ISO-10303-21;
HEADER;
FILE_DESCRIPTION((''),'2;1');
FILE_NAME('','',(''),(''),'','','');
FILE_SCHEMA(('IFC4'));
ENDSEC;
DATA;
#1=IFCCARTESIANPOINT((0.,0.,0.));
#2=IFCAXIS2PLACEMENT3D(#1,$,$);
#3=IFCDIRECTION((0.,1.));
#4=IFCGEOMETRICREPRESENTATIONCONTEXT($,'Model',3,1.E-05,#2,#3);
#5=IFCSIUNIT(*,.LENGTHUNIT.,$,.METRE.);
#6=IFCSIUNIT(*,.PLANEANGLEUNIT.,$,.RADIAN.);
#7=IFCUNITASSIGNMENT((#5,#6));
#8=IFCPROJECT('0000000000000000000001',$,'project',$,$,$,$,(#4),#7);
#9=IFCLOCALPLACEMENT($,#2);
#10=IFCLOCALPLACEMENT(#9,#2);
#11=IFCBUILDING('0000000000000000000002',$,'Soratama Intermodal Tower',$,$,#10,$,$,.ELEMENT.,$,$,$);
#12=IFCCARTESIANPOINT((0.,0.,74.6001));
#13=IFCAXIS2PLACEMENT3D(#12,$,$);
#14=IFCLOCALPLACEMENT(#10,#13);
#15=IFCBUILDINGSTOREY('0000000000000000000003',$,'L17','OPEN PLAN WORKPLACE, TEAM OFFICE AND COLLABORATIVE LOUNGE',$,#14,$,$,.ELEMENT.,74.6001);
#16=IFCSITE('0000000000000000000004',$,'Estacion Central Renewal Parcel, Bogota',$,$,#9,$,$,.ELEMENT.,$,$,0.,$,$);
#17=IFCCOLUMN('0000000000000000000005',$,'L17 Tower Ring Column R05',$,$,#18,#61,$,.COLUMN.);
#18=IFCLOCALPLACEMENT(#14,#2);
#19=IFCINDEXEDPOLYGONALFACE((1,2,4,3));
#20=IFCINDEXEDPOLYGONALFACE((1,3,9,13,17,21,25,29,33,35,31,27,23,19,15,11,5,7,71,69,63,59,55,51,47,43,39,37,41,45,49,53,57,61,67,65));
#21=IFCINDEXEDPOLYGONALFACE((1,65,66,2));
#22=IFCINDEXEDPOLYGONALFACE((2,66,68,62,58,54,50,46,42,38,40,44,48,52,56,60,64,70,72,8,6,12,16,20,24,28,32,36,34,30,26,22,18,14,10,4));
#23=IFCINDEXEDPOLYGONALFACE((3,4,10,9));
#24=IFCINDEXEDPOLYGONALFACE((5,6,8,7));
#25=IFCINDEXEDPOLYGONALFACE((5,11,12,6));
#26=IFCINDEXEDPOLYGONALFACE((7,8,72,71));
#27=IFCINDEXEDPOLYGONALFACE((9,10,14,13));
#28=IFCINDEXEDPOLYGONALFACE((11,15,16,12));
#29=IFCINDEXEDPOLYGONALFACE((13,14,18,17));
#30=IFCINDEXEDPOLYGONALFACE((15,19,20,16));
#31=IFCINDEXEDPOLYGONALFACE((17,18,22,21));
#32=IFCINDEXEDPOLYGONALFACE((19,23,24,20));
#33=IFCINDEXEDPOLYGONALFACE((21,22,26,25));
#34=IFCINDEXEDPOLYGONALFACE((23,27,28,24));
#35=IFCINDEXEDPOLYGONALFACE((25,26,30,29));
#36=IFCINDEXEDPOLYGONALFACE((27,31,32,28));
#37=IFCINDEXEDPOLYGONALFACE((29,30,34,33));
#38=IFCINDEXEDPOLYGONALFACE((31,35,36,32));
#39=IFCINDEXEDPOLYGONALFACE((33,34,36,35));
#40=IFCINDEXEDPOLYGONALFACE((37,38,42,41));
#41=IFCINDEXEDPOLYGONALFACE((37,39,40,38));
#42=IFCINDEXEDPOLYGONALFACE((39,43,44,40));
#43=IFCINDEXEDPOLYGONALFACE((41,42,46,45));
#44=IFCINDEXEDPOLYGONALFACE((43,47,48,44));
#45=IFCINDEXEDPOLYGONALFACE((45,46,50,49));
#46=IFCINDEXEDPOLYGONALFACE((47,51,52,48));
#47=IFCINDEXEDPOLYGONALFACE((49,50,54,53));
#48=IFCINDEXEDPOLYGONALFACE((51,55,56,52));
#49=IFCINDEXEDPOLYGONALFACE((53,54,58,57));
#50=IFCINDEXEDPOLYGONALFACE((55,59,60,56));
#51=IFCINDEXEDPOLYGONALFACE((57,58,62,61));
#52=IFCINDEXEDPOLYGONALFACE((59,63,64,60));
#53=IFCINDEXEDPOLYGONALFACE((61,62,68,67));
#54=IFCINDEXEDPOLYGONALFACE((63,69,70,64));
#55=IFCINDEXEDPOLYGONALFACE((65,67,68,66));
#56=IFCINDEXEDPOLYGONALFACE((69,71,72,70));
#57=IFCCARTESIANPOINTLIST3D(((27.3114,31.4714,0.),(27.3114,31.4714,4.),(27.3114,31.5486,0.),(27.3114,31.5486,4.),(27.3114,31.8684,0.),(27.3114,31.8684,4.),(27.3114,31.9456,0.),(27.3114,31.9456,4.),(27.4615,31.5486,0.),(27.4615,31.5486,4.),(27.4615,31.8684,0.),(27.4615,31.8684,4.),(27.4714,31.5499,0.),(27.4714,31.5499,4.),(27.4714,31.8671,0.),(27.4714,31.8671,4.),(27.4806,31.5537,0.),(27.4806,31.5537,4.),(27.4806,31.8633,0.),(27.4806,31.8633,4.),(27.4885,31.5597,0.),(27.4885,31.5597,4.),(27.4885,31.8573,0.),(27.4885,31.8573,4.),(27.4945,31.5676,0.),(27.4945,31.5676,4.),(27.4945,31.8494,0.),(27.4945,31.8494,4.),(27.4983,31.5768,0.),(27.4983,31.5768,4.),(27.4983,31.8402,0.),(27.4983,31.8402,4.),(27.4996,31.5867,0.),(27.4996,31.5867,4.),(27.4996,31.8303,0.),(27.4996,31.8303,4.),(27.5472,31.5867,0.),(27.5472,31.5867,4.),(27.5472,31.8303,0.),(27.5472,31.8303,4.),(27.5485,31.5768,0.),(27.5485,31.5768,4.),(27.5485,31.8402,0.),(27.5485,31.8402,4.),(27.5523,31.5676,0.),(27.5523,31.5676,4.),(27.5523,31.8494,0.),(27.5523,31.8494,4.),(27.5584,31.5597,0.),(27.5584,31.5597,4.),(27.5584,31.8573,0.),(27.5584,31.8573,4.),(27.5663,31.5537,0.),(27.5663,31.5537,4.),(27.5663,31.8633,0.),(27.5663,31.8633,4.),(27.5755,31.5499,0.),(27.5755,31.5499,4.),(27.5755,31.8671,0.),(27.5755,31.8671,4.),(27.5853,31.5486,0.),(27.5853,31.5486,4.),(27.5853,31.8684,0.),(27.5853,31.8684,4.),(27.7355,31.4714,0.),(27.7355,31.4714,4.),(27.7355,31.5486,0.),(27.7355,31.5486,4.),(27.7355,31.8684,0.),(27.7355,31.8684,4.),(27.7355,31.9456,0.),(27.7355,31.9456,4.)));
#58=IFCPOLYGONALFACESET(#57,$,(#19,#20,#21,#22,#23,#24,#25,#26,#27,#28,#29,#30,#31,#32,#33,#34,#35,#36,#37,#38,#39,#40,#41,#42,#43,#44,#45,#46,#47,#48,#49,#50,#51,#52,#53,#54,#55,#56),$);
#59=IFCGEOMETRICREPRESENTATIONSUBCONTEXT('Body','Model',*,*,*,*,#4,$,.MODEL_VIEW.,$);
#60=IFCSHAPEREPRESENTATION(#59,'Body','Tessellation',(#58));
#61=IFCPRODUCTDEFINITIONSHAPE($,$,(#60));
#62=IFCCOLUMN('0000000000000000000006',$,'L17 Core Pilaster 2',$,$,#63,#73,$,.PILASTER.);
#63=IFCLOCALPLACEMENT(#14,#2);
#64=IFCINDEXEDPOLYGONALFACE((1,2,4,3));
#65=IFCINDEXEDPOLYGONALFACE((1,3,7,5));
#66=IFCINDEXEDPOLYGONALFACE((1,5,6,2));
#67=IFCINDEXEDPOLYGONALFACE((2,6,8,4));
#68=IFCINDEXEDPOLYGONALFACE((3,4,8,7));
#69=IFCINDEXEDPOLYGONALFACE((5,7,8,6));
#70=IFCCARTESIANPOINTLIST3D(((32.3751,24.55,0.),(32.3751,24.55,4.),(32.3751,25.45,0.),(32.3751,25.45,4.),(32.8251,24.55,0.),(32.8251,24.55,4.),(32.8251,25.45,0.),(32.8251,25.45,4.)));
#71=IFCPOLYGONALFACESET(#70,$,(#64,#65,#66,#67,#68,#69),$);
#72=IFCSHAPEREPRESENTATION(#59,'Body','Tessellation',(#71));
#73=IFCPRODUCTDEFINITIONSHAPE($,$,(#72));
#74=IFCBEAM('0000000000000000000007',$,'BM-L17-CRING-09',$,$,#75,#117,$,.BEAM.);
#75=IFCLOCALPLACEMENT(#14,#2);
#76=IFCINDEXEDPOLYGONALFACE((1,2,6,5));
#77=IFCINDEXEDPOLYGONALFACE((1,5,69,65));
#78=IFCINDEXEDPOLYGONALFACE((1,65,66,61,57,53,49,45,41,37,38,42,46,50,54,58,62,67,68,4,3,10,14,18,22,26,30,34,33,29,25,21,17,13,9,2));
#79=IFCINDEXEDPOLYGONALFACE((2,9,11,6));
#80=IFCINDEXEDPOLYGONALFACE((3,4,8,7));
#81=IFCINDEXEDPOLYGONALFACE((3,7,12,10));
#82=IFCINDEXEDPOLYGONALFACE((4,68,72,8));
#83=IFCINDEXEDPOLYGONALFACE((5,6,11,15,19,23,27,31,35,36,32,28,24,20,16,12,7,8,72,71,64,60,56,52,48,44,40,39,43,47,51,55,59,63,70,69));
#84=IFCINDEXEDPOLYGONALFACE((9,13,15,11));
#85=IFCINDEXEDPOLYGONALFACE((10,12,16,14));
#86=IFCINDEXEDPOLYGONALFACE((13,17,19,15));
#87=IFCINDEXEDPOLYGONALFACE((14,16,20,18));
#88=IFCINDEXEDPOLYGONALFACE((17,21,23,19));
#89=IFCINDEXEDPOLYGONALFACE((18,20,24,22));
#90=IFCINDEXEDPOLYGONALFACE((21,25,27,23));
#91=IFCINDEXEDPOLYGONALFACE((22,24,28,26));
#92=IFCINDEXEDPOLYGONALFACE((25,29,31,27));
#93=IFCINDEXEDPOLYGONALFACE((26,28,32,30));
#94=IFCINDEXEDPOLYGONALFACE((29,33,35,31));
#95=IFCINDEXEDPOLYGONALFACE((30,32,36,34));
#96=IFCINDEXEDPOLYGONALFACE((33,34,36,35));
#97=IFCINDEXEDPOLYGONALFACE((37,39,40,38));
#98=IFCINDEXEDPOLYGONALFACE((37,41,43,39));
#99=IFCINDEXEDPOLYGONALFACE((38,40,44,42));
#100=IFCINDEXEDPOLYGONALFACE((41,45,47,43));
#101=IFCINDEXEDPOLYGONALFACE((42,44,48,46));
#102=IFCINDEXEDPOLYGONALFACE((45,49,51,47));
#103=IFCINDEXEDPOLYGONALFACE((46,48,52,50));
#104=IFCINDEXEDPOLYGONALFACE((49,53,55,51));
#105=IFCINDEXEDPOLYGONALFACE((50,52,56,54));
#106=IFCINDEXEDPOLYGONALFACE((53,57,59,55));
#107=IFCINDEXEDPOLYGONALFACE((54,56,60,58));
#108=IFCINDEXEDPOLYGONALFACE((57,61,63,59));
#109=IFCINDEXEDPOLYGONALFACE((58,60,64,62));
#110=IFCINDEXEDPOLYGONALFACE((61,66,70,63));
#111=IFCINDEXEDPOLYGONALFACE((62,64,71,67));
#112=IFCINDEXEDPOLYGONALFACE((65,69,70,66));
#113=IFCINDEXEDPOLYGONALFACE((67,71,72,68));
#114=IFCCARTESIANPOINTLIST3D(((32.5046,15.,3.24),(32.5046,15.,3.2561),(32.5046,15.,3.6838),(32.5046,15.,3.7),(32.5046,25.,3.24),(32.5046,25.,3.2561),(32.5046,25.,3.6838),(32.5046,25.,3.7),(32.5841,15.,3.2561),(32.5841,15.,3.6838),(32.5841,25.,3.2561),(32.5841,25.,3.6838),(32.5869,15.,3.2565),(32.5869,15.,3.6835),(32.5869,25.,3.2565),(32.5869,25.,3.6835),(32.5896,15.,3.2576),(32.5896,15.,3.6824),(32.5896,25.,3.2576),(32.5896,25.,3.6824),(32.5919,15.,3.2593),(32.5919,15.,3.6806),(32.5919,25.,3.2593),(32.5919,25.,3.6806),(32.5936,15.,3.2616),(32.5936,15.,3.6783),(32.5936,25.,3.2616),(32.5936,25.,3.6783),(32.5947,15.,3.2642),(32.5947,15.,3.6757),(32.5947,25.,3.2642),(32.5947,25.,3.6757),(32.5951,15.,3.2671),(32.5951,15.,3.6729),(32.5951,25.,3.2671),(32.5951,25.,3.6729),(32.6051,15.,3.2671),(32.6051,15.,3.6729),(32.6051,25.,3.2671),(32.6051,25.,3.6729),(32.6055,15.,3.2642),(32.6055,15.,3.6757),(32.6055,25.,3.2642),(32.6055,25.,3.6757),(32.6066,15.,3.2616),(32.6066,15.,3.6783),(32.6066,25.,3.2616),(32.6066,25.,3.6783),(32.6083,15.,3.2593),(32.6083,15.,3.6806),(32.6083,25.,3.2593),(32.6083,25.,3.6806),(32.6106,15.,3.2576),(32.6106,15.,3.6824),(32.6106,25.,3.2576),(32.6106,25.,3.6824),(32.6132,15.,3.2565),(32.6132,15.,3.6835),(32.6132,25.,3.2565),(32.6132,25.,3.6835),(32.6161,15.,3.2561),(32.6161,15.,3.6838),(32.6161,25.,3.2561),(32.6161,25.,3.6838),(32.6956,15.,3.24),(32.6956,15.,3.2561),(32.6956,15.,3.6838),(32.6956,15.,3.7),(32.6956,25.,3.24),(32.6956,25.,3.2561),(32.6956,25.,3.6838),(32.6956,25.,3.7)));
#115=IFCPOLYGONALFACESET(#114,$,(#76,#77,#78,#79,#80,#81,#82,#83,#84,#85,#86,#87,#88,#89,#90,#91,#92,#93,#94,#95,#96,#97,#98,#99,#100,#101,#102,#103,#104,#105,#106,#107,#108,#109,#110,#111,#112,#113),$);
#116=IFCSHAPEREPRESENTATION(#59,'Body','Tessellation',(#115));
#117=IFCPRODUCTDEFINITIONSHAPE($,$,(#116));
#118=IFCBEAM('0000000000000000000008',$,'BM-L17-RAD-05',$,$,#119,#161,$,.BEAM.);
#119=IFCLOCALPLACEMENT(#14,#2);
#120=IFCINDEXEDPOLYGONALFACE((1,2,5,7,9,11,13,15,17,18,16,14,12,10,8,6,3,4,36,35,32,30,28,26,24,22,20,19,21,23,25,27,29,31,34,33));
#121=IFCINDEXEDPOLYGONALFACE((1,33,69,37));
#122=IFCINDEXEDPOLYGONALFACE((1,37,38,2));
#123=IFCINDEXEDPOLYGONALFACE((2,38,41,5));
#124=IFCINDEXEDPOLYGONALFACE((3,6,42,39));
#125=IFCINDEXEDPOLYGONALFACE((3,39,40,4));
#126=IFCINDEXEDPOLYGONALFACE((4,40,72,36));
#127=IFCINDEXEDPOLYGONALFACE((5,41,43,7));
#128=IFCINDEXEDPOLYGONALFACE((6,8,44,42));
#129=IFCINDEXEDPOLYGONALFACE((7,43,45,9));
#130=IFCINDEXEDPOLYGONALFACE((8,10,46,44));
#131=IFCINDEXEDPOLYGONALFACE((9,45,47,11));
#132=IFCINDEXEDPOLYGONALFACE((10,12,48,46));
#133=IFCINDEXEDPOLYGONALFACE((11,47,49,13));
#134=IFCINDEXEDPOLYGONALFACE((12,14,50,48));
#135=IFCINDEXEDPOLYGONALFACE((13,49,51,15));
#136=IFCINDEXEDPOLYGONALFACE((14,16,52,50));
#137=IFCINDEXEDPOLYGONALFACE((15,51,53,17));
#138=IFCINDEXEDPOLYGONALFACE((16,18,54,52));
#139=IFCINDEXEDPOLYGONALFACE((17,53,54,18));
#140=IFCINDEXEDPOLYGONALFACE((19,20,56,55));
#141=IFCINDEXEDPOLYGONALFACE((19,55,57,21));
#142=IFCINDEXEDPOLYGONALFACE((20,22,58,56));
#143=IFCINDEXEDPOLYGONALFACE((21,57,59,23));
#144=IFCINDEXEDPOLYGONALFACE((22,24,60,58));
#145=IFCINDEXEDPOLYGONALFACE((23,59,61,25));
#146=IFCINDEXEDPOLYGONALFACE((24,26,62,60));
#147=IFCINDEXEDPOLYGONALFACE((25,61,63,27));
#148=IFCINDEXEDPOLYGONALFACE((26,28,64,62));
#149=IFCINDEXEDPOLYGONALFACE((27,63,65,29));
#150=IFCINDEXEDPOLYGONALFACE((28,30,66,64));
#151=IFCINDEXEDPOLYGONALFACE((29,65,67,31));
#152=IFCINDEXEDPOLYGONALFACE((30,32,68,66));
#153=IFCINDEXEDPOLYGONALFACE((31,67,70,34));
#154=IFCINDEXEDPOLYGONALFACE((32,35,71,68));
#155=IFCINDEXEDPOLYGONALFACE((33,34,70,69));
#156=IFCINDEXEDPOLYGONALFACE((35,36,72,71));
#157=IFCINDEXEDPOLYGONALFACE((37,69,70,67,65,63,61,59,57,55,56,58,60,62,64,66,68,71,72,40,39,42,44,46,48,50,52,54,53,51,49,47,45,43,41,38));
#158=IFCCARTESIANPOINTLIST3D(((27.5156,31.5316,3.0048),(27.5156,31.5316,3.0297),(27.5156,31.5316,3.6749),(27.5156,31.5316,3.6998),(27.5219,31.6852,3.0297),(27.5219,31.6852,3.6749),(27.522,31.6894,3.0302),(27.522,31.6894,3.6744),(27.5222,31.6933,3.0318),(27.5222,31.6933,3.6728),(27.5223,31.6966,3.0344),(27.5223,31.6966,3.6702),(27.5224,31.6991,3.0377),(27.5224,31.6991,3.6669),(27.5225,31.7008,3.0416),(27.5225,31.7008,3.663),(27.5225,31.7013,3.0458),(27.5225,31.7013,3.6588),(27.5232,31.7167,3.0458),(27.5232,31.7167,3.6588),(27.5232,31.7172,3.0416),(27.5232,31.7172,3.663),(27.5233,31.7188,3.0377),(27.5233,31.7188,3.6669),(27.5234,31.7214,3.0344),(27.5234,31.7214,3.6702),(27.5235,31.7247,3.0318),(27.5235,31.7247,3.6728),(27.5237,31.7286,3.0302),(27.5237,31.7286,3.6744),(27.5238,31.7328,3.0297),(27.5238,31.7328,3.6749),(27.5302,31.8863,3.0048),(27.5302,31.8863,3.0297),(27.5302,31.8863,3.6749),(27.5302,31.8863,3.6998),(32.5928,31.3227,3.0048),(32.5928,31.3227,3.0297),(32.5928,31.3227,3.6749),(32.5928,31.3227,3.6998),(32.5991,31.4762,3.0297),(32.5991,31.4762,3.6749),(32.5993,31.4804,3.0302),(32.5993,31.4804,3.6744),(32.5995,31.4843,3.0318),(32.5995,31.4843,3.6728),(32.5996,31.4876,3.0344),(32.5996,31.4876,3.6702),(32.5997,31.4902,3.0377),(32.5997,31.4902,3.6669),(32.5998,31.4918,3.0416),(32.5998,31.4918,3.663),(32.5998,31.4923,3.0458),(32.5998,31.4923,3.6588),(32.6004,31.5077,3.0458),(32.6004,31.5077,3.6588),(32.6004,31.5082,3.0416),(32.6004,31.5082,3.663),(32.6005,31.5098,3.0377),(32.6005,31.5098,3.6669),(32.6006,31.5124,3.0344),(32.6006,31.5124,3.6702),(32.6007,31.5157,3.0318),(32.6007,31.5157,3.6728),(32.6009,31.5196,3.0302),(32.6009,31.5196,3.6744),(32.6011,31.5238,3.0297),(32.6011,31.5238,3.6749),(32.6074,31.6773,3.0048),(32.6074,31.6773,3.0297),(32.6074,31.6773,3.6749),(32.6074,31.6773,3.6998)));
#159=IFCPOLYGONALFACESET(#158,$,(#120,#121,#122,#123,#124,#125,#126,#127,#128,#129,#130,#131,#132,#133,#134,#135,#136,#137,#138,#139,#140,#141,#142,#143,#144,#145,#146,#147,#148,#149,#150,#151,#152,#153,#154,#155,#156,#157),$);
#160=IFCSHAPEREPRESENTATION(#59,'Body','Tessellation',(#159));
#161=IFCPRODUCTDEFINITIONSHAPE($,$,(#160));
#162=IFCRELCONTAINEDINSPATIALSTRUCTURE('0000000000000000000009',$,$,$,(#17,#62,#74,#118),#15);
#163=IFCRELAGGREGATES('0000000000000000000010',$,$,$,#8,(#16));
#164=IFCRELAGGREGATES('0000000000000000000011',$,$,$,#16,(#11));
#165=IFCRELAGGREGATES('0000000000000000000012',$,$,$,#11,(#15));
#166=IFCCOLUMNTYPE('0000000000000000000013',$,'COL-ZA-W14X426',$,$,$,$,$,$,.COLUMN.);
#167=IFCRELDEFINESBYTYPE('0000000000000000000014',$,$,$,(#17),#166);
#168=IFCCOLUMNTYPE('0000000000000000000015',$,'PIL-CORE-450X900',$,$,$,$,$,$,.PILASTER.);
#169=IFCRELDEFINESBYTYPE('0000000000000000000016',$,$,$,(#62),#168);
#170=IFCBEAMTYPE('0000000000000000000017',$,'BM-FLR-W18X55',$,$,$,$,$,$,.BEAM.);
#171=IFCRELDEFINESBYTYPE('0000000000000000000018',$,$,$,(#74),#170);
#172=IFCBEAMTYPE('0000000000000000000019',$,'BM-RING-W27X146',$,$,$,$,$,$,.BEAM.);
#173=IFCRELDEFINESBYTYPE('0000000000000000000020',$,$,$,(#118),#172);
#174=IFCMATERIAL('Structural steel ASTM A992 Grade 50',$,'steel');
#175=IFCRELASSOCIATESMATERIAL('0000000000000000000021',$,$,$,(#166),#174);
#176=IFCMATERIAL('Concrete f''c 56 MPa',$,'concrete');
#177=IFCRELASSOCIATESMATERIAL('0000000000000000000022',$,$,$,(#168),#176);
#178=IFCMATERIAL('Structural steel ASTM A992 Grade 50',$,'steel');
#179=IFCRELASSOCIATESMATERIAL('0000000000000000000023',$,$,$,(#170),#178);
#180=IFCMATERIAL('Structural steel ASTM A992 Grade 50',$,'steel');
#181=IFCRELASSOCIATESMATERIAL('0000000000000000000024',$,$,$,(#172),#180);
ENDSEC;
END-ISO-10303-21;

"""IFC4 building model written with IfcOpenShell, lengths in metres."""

from ifc_helpers import new_model, si_unit, direction, frame, origin, origin_2d, place, context, subcontext, project, spatial, rectangle, i_section, extrude, material, material_profile, profile_set, type_object, element, save


model = new_model("IFC4")

# Units and contexts
model_context = context("Model", 3, precision=1e-05, world=origin(), true_north=direction((0.0, 1.0)))
body_context = subcontext(model_context, "Body", "Model", "MODEL_VIEW")
ifc_project = project(units=[si_unit("LENGTHUNIT", "METRE"), si_unit("PLANEANGLEUNIT", "RADIAN")], contexts=[model_context])

# Site, building, storey
site_placement = place(None, origin())
site = spatial("IfcSite", under=ifc_project, at=site_placement, Name="Estacion Central Renewal Parcel, Bogota", CompositionType="ELEMENT", RefElevation=0.0)
building_placement = place(site_placement, origin())
building = spatial("IfcBuilding", under=site, at=building_placement, Name="Soratama Intermodal Tower", CompositionType="ELEMENT")
storey_placement = place(building_placement, frame((0.0, 0.0, 74.6001)))
storey = spatial("IfcBuildingStorey", under=building, at=storey_placement, Name="L17", Description="OPEN PLAN WORKPLACE, TEAM OFFICE AND COLLABORATIVE LOUNGE", CompositionType="ELEMENT", Elevation=74.6001)

# Columns
ifc_material_1 = material(Name="Structural steel ASTM A992 Grade 50", Category="steel")
ifc_material_profile_1 = material_profile(ifc_material_1, i_section(OverallWidth=0.4241, OverallDepth=0.4741, WebThickness=0.0476, FlangeThickness=0.0771, FilletRadius=0.0381, at=origin_2d()), Name="W14X426")
ifc_profile_set_1 = profile_set([ifc_material_profile_1], Name="Structural steel ASTM A992 Grade 50")
column_type_1 = type_object("IfcColumnType", Name="COL-ZA-W14X426", PredefinedType="COLUMN", material=ifc_profile_set_1)
column_1_placement = place(storey_placement, frame((27.5234, 31.7085, 0.0), z_axis=(0.0, 0.0, 1.0), x_axis=(1.0, 0.0, 0.0)))
element("IfcColumn", 1, at=column_1_placement, inside=storey, type_object=column_type_1, Name="L17 Tower Ring Column R05", PredefinedType="COLUMN", context=body_context, shape_type="SweptSolid", body=[
    extrude(i_section(OverallWidth=0.4241, OverallDepth=0.4741, WebThickness=0.0476, FlangeThickness=0.0771, FilletRadius=0.0381, at=origin_2d()), origin(), (0.0, 0.0, 1.0), 4.0),
])
ifc_material_2 = material(Name="Concrete f'c 56 MPa", Category="concrete")
ifc_material_profile_2 = material_profile(ifc_material_2, rectangle(XDim=0.45, YDim=0.8999, at=origin_2d()), Name="RC450X900")
ifc_profile_set_2 = profile_set([ifc_material_profile_2], Name="Concrete f'c 56 MPa")
column_type_2 = type_object("IfcColumnType", Name="PIL-CORE-450X900", PredefinedType="PILASTER", material=ifc_profile_set_2)
column_2_placement = place(storey_placement, frame((32.6001, 25.0, 0.0), z_axis=(0.0, 0.0, 1.0), x_axis=(1.0, 0.0, 0.0)))
element("IfcColumn", 2, at=column_2_placement, inside=storey, type_object=column_type_2, Name="L17 Core Pilaster 2", PredefinedType="PILASTER", context=body_context, shape_type="SweptSolid", body=[
    extrude(rectangle(XDim=0.45, YDim=0.8999, at=origin_2d()), origin(), (0.0, 0.0, 1.0), 4.0),
])

# Beams
ifc_material_3 = material(Name="Structural steel ASTM A992 Grade 50", Category="steel")
ifc_material_profile_3 = material_profile(ifc_material_3, i_section(OverallWidth=0.1909, OverallDepth=0.46, WebThickness=0.01, FlangeThickness=0.0161, FilletRadius=0.011, at=origin_2d()), Name="W18X55")
ifc_profile_set_3 = profile_set([ifc_material_profile_3], Name="Structural steel ASTM A992 Grade 50")
beam_type_1 = type_object("IfcBeamType", Name="BM-FLR-W18X55", PredefinedType="BEAM", material=ifc_profile_set_3)
beam_1_placement = place(storey_placement, frame((32.6001, 25.0, 3.47), z_axis=(0.0, -1.0, 0.0), x_axis=(1.0, 0.0, 0.0)))
element("IfcBeam", 3, at=beam_1_placement, inside=storey, type_object=beam_type_1, Name="BM-L17-CRING-09", PredefinedType="BEAM", context=body_context, shape_type="SweptSolid", body=[
    extrude(i_section(OverallWidth=0.1909, OverallDepth=0.46, WebThickness=0.01, FlangeThickness=0.0161, FilletRadius=0.011, at=origin_2d()), origin(), (0.0, 0.0, 1.0), 10.0),
])
ifc_material_4 = material(Name="Structural steel ASTM A992 Grade 50", Category="steel")
ifc_material_profile_4 = material_profile(ifc_material_4, i_section(OverallWidth=0.355, OverallDepth=0.6951, WebThickness=0.0154, FlangeThickness=0.0249, FilletRadius=0.0161, at=origin_2d()), Name="W27X146")
ifc_profile_set_4 = profile_set([ifc_material_profile_4], Name="Structural steel ASTM A992 Grade 50")
beam_type_2 = type_object("IfcBeamType", Name="BM-RING-W27X146", PredefinedType="BEAM", material=ifc_profile_set_4)
beam_2_placement = place(storey_placement, frame((32.6001, 31.5, 3.3523), z_axis=(-0.999154, 0.041127, 0.0), x_axis=(-0.041127, -0.999154, 0.0)))
element("IfcBeam", 4, at=beam_2_placement, inside=storey, type_object=beam_type_2, Name="BM-L17-RAD-05", PredefinedType="BEAM", context=body_context, shape_type="SweptSolid", body=[
    extrude(i_section(OverallWidth=0.355, OverallDepth=0.6951, WebThickness=0.0154, FlangeThickness=0.0249, FilletRadius=0.0161, at=origin_2d()), origin(), (0.0, 0.0, 1.0), 5.0815),
])

save(model, "model.ifc")
